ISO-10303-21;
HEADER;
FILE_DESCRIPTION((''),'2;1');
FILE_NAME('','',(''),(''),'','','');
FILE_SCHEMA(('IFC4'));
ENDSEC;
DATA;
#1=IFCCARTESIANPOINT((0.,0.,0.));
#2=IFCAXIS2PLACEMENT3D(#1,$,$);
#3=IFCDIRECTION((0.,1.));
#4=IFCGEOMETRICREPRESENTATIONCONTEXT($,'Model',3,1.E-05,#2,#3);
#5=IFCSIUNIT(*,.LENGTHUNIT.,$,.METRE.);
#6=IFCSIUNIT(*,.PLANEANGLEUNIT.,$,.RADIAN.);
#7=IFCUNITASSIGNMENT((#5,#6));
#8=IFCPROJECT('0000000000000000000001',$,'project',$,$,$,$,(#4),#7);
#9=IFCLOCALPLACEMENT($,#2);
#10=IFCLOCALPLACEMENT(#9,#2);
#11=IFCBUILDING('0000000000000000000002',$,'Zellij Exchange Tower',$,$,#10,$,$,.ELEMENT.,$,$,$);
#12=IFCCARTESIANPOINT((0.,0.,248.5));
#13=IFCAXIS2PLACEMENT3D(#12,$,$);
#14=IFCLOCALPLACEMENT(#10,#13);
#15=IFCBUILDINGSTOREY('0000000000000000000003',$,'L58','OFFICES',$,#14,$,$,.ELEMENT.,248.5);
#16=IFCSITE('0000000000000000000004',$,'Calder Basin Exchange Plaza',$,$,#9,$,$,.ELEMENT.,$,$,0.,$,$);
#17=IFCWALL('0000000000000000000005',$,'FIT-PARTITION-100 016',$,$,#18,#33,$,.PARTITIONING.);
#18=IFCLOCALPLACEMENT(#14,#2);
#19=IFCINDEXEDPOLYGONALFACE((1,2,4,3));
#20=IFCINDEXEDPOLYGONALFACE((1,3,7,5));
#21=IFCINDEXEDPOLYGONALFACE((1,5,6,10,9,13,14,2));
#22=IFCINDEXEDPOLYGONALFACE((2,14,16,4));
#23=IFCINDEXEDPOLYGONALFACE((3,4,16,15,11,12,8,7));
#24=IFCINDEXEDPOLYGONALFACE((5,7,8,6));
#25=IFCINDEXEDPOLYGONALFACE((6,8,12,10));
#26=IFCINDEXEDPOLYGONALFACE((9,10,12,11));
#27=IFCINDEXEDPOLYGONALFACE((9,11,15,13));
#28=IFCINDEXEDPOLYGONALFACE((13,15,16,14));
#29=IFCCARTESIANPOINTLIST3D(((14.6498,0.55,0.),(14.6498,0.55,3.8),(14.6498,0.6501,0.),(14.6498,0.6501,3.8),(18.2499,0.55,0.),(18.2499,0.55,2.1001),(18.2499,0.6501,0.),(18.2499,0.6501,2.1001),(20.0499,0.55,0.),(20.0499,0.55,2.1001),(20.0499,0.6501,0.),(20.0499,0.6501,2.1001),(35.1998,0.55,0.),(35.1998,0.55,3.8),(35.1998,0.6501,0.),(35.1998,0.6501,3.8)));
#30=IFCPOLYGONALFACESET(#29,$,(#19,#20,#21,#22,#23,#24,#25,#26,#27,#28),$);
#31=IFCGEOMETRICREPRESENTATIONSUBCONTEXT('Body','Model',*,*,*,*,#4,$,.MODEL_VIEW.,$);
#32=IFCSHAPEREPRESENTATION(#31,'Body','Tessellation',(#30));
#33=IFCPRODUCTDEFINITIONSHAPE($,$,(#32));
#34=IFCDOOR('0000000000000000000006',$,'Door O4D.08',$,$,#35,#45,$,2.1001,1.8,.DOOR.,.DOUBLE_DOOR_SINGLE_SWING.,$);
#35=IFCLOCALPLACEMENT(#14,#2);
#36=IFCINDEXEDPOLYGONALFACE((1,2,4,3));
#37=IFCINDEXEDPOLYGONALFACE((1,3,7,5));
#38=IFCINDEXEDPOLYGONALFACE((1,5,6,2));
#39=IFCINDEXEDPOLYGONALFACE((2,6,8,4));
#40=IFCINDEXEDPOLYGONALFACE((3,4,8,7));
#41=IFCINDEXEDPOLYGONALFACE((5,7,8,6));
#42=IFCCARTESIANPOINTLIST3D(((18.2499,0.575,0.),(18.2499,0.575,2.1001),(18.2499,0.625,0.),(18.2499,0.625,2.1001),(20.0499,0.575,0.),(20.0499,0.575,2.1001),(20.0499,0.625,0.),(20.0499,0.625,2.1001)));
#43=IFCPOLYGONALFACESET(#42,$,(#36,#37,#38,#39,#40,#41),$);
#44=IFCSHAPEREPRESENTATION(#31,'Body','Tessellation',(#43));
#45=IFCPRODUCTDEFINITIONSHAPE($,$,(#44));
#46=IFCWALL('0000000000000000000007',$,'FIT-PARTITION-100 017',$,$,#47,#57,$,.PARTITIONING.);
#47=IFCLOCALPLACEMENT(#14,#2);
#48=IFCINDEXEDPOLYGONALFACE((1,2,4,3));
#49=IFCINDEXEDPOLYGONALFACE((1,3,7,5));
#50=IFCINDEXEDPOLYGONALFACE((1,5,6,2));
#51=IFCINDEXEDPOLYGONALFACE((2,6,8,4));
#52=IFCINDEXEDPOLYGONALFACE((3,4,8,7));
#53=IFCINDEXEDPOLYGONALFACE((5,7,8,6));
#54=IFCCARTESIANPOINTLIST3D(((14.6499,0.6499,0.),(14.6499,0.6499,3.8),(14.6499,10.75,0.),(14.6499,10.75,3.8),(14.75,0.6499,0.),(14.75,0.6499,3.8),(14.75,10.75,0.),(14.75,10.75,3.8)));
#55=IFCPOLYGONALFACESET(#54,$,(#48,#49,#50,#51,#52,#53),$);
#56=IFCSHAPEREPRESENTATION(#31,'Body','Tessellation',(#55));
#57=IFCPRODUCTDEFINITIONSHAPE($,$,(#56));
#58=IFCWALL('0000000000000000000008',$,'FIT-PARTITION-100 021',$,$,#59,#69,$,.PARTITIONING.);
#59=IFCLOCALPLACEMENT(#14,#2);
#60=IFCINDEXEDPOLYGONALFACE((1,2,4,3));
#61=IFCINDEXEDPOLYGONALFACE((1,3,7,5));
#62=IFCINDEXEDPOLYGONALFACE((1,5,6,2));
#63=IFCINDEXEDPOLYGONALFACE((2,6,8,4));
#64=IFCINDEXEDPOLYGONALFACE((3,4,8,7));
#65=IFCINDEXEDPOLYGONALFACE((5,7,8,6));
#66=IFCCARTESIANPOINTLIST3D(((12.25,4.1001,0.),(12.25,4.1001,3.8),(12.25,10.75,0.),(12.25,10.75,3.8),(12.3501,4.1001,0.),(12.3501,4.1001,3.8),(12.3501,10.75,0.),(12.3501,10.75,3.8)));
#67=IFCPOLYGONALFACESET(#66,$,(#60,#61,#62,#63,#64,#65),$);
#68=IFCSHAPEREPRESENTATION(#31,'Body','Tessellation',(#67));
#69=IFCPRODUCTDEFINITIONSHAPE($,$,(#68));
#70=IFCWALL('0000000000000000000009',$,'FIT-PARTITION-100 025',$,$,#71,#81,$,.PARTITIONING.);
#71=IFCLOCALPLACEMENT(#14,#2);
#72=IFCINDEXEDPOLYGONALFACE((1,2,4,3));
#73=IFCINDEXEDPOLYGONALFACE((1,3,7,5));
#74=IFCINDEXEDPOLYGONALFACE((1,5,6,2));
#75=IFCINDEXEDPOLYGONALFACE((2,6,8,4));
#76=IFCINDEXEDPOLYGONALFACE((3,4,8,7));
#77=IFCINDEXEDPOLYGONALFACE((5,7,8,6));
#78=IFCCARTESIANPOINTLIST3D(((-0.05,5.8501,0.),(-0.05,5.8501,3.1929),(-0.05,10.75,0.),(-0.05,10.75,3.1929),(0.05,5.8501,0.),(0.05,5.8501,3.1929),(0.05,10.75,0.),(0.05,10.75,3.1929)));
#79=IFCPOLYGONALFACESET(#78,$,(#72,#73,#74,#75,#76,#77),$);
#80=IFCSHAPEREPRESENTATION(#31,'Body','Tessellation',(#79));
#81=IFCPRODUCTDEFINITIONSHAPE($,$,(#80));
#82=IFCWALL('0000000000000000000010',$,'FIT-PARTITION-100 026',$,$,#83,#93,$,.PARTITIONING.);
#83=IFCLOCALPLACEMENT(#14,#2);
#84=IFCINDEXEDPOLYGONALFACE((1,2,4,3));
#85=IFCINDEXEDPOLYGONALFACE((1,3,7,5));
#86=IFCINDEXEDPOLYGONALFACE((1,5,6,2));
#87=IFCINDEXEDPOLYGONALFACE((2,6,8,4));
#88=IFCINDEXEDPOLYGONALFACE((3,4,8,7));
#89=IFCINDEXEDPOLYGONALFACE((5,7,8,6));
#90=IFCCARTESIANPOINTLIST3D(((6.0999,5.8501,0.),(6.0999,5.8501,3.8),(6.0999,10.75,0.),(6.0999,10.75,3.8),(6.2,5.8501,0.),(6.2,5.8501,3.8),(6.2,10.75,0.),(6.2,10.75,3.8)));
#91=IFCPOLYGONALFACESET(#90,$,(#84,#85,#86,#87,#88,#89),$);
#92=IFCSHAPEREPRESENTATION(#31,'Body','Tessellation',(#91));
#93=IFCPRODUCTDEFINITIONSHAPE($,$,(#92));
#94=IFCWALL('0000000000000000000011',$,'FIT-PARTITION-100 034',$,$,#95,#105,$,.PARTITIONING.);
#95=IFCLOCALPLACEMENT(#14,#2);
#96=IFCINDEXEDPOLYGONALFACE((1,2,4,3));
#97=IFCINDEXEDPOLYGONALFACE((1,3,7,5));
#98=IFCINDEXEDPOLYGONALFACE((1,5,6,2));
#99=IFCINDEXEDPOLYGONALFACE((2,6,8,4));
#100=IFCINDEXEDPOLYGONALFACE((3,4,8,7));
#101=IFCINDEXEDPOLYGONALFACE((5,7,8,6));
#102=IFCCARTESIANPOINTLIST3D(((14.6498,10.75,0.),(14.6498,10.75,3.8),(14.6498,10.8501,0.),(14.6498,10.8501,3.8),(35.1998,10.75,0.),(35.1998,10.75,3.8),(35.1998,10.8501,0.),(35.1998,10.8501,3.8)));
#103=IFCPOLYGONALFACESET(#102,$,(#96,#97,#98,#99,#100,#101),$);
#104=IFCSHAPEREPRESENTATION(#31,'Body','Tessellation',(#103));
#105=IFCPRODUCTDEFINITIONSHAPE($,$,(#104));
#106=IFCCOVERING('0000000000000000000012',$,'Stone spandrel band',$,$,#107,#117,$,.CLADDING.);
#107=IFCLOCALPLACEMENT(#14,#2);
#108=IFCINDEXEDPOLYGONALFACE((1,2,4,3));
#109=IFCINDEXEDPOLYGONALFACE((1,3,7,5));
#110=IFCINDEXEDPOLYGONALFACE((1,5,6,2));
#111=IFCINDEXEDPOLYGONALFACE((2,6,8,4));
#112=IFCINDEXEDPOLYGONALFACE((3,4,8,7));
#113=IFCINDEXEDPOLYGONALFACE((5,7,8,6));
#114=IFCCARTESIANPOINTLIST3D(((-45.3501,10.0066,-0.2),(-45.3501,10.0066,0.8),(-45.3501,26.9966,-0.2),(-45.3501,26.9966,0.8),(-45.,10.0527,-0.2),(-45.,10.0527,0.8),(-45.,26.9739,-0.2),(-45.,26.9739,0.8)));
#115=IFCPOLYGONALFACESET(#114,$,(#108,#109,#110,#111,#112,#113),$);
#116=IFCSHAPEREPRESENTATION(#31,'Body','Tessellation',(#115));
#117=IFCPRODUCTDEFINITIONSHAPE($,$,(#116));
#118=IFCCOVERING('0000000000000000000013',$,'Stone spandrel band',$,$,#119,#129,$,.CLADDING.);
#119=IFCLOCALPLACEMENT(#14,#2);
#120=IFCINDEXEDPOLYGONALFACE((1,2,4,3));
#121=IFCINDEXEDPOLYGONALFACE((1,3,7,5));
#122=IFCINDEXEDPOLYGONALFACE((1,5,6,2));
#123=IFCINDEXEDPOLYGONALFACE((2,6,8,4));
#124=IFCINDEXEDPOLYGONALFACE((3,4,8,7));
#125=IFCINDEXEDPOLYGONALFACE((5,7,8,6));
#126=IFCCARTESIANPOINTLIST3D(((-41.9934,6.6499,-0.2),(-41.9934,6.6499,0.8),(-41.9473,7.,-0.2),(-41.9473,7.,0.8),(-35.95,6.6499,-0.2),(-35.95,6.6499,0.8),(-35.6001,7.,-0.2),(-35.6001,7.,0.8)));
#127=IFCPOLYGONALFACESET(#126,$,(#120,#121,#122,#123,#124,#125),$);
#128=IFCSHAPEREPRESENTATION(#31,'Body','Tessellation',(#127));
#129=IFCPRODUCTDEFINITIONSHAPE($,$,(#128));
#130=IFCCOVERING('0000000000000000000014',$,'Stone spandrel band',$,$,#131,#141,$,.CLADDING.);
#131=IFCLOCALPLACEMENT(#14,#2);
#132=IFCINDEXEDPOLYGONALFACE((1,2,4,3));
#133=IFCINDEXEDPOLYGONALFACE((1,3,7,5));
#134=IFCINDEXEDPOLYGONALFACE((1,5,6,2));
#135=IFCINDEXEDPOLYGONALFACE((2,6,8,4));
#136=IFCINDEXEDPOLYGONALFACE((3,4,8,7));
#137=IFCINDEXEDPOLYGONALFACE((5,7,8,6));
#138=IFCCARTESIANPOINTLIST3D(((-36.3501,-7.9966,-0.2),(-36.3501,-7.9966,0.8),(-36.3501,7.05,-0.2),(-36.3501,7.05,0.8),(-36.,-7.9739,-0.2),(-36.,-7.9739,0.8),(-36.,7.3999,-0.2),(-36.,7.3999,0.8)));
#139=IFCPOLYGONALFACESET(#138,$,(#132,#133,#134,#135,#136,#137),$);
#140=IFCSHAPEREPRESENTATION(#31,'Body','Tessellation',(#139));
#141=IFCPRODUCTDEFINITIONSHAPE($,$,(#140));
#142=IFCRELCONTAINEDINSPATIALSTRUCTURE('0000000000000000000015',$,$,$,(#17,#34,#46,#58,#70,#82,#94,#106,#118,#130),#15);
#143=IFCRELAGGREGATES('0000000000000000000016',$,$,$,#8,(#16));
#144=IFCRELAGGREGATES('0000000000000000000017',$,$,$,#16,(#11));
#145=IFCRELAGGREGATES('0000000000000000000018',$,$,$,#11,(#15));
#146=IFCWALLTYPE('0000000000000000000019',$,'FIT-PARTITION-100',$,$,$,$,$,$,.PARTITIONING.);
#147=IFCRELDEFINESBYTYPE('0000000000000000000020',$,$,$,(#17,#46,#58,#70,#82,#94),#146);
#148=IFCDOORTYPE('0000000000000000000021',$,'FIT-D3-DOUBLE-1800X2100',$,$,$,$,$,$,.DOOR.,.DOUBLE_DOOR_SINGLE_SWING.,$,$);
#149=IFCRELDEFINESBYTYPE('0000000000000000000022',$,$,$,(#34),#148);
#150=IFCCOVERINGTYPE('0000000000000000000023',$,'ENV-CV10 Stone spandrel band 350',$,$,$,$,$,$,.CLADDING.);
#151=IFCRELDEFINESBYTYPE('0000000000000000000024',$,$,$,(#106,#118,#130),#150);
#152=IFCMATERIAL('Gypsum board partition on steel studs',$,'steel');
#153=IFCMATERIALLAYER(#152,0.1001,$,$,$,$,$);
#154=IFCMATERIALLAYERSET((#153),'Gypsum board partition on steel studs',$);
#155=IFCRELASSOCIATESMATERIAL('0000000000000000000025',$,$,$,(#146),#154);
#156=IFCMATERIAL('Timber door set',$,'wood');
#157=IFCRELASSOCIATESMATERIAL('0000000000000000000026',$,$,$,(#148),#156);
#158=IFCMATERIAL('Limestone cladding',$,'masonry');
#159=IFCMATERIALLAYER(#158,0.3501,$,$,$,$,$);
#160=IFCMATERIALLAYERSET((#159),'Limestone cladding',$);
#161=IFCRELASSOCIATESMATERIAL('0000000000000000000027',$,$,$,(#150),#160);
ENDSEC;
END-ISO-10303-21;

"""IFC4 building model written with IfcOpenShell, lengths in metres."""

from ifc_helpers import new_model, si_unit, direction, frame, frame_2d, origin, place, context, subcontext, project, spatial, polyline, rectangle, outline, extrude, material, layer, layer_set, type_object, element, fill, save


model = new_model("IFC4")

# Units and contexts
model_context = context("Model", 3, precision=1e-05, world=origin(), true_north=direction((0.0, 1.0)))
body_context = subcontext(model_context, "Body", "Model", "MODEL_VIEW")
ifc_project = project(units=[si_unit("LENGTHUNIT", "METRE"), si_unit("PLANEANGLEUNIT", "RADIAN")], contexts=[model_context])

# Site, building, storey
site_placement = place(None, origin())
site = spatial("IfcSite", under=ifc_project, at=site_placement, Name="Calder Basin Exchange Plaza", CompositionType="ELEMENT", RefElevation=0.0)
building_placement = place(site_placement, origin())
building = spatial("IfcBuilding", under=site, at=building_placement, Name="Zellij Exchange Tower", CompositionType="ELEMENT")
storey_placement = place(building_placement, frame((0.0, 0.0, 248.5)))
storey = spatial("IfcBuildingStorey", under=building, at=storey_placement, Name="L58", Description="OFFICES", CompositionType="ELEMENT", Elevation=248.5)

# Wall, opening, door
ifc_material_1 = material(Name="Gypsum board partition on steel studs", Category="steel")
ifc_layer_1 = layer(ifc_material_1, 0.1001)
ifc_layer_set_1 = layer_set([ifc_layer_1], Name="Gypsum board partition on steel studs")
wall_type_1 = type_object("IfcWallType", Name="FIT-PARTITION-100", PredefinedType="PARTITIONING", material=ifc_layer_set_1)
wall_1_placement = place(storey_placement, frame((14.6499, 0.6001, 0.0), z_axis=(0.0, 0.0, 1.0), x_axis=(1.0, 0.0, 0.0)))
wall_1 = element("IfcWall", 1, at=wall_1_placement, inside=storey, type_object=wall_type_1, Name="FIT-PARTITION-100 016", PredefinedType="PARTITIONING", context=body_context, shape_type="SweptSolid", body=[
    extrude(rectangle(XDim=20.55, YDim=0.1001, at=frame_2d((10.2749, 0.0))), origin(), (0.0, 0.0, 1.0), 3.8),
])
opening_placement = place(wall_1_placement, frame((3.6001, 0.0, 0.0)))
opening = element("IfcOpeningElement", 2, at=opening_placement, cuts=wall_1, PredefinedType="OPENING", context=body_context, shape_type="SweptSolid", body=[
    extrude(rectangle(XDim=1.8, YDim=2.1001, at=frame_2d((0.8999, 1.05))), frame((0.0, 0.062, 0.0), z_axis=(0.0, -1.0, 0.0), x_axis=(1.0, 0.0, 0.0)), (0.0, 0.0, 1.0), 0.124),
])
ifc_material_2 = material(Name="Timber door set", Category="wood")
door_type = type_object("IfcDoorType", Name="FIT-D3-DOUBLE-1800X2100", OperationType="DOUBLE_DOOR_SINGLE_SWING", PredefinedType="DOOR", material=ifc_material_2)
door_placement = place(opening_placement, origin())
door = element("IfcDoor", 3, at=door_placement, inside=storey, type_object=door_type, Name="Door O4D.08", OperationType="DOUBLE_DOOR_SINGLE_SWING", OverallHeight=2.1001, OverallWidth=1.8, PredefinedType="DOOR", context=body_context, shape_type="SweptSolid", body=[
    extrude(rectangle(XDim=1.8, YDim=2.1001, at=frame_2d((0.8999, 1.05))), frame((0.0, 0.0249, 0.0), z_axis=(0.0, -1.0, 0.0), x_axis=(1.0, 0.0, 0.0)), (0.0, 0.0, 1.0), 0.05),
])
fill(opening, door)

# Walls
wall_2_placement = place(storey_placement, frame((14.7, 0.6499, 0.0), z_axis=(0.0, 0.0, 1.0), x_axis=(0.0, 1.0, 0.0)))
element("IfcWall", 4, at=wall_2_placement, inside=storey, type_object=wall_type_1, Name="FIT-PARTITION-100 017", PredefinedType="PARTITIONING", context=body_context, shape_type="SweptSolid", body=[
    extrude(rectangle(XDim=10.1001, YDim=0.1001, at=frame_2d((5.05, 0.0))), origin(), (0.0, 0.0, 1.0), 3.8),
])
wall_3_placement = place(storey_placement, frame((12.3, 4.1001, 0.0), z_axis=(0.0, 0.0, 1.0), x_axis=(0.0, 1.0, 0.0)))
element("IfcWall", 5, at=wall_3_placement, inside=storey, type_object=wall_type_1, Name="FIT-PARTITION-100 021", PredefinedType="PARTITIONING", context=body_context, shape_type="SweptSolid", body=[
    extrude(rectangle(XDim=6.6499, YDim=0.1001, at=frame_2d((3.325, 0.0))), origin(), (0.0, 0.0, 1.0), 3.8),
])
wall_4_placement = place(storey_placement, frame((0.0, 5.8501, 0.0), z_axis=(0.0, 0.0, 1.0), x_axis=(0.0, 1.0, 0.0)))
element("IfcWall", 6, at=wall_4_placement, inside=storey, type_object=wall_type_1, Name="FIT-PARTITION-100 025", PredefinedType="PARTITIONING", context=body_context, shape_type="SweptSolid", body=[
    extrude(rectangle(XDim=4.8999, YDim=0.1001, at=frame_2d((2.45, 0.0))), origin(), (0.0, 0.0, 1.0), 3.1929),
])
wall_5_placement = place(storey_placement, frame((6.1499, 5.8501, 0.0), z_axis=(0.0, 0.0, 1.0), x_axis=(0.0, 1.0, 0.0)))
element("IfcWall", 7, at=wall_5_placement, inside=storey, type_object=wall_type_1, Name="FIT-PARTITION-100 026", PredefinedType="PARTITIONING", context=body_context, shape_type="SweptSolid", body=[
    extrude(rectangle(XDim=4.8999, YDim=0.1001, at=frame_2d((2.45, 0.0))), origin(), (0.0, 0.0, 1.0), 3.8),
])
wall_6_placement = place(storey_placement, frame((14.6499, 10.8, 0.0), z_axis=(0.0, 0.0, 1.0), x_axis=(1.0, 0.0, 0.0)))
element("IfcWall", 8, at=wall_6_placement, inside=storey, type_object=wall_type_1, Name="FIT-PARTITION-100 034", PredefinedType="PARTITIONING", context=body_context, shape_type="SweptSolid", body=[
    extrude(rectangle(XDim=20.55, YDim=0.1001, at=frame_2d((10.2749, 0.0))), origin(), (0.0, 0.0, 1.0), 3.8),
])

# Coverings
ifc_material_3 = material(Name="Limestone cladding", Category="masonry")
ifc_layer_2 = layer(ifc_material_3, 0.3501)
ifc_layer_set_2 = layer_set([ifc_layer_2], Name="Limestone cladding")
covering_type = type_object("IfcCoveringType", Name="ENV-CV10 Stone spandrel band 350", PredefinedType="CLADDING", material=ifc_layer_set_2)
covering_1_placement = place(storey_placement, frame((0.0, 0.0, -0.2)))
element("IfcCovering", 9, at=covering_1_placement, inside=storey, type_object=covering_type, Name="Stone spandrel band", PredefinedType="CLADDING", context=body_context, shape_type="SweptSolid", body=[
    extrude(outline(polyline([(-45.0, 26.9739), (-45.0, 10.0527), (-45.3501, 10.0066), (-45.3501, 26.9966), (-45.0, 26.9739)])), origin(), (0.0, 0.0, 1.0), 1.0),
])
covering_2_placement = place(storey_placement, frame((0.0, 0.0, -0.2)))
element("IfcCovering", 10, at=covering_2_placement, inside=storey, type_object=covering_type, Name="Stone spandrel band", PredefinedType="CLADDING", context=body_context, shape_type="SweptSolid", body=[
    extrude(outline(polyline([(-41.9473, 7.0), (-35.6001, 7.0), (-35.95, 6.6499), (-41.9934, 6.6499), (-41.9473, 7.0)])), origin(), (0.0, 0.0, 1.0), 1.0),
])
covering_3_placement = place(storey_placement, frame((0.0, 0.0, -0.2)))
element("IfcCovering", 11, at=covering_3_placement, inside=storey, type_object=covering_type, Name="Stone spandrel band", PredefinedType="CLADDING", context=body_context, shape_type="SweptSolid", body=[
    extrude(outline(polyline([(-36.0, 7.3999), (-36.0, -7.9739), (-36.3501, -7.9966), (-36.3501, 7.05), (-36.0, 7.3999)])), origin(), (0.0, 0.0, 1.0), 1.0),
])

save(model, "model.ifc")
